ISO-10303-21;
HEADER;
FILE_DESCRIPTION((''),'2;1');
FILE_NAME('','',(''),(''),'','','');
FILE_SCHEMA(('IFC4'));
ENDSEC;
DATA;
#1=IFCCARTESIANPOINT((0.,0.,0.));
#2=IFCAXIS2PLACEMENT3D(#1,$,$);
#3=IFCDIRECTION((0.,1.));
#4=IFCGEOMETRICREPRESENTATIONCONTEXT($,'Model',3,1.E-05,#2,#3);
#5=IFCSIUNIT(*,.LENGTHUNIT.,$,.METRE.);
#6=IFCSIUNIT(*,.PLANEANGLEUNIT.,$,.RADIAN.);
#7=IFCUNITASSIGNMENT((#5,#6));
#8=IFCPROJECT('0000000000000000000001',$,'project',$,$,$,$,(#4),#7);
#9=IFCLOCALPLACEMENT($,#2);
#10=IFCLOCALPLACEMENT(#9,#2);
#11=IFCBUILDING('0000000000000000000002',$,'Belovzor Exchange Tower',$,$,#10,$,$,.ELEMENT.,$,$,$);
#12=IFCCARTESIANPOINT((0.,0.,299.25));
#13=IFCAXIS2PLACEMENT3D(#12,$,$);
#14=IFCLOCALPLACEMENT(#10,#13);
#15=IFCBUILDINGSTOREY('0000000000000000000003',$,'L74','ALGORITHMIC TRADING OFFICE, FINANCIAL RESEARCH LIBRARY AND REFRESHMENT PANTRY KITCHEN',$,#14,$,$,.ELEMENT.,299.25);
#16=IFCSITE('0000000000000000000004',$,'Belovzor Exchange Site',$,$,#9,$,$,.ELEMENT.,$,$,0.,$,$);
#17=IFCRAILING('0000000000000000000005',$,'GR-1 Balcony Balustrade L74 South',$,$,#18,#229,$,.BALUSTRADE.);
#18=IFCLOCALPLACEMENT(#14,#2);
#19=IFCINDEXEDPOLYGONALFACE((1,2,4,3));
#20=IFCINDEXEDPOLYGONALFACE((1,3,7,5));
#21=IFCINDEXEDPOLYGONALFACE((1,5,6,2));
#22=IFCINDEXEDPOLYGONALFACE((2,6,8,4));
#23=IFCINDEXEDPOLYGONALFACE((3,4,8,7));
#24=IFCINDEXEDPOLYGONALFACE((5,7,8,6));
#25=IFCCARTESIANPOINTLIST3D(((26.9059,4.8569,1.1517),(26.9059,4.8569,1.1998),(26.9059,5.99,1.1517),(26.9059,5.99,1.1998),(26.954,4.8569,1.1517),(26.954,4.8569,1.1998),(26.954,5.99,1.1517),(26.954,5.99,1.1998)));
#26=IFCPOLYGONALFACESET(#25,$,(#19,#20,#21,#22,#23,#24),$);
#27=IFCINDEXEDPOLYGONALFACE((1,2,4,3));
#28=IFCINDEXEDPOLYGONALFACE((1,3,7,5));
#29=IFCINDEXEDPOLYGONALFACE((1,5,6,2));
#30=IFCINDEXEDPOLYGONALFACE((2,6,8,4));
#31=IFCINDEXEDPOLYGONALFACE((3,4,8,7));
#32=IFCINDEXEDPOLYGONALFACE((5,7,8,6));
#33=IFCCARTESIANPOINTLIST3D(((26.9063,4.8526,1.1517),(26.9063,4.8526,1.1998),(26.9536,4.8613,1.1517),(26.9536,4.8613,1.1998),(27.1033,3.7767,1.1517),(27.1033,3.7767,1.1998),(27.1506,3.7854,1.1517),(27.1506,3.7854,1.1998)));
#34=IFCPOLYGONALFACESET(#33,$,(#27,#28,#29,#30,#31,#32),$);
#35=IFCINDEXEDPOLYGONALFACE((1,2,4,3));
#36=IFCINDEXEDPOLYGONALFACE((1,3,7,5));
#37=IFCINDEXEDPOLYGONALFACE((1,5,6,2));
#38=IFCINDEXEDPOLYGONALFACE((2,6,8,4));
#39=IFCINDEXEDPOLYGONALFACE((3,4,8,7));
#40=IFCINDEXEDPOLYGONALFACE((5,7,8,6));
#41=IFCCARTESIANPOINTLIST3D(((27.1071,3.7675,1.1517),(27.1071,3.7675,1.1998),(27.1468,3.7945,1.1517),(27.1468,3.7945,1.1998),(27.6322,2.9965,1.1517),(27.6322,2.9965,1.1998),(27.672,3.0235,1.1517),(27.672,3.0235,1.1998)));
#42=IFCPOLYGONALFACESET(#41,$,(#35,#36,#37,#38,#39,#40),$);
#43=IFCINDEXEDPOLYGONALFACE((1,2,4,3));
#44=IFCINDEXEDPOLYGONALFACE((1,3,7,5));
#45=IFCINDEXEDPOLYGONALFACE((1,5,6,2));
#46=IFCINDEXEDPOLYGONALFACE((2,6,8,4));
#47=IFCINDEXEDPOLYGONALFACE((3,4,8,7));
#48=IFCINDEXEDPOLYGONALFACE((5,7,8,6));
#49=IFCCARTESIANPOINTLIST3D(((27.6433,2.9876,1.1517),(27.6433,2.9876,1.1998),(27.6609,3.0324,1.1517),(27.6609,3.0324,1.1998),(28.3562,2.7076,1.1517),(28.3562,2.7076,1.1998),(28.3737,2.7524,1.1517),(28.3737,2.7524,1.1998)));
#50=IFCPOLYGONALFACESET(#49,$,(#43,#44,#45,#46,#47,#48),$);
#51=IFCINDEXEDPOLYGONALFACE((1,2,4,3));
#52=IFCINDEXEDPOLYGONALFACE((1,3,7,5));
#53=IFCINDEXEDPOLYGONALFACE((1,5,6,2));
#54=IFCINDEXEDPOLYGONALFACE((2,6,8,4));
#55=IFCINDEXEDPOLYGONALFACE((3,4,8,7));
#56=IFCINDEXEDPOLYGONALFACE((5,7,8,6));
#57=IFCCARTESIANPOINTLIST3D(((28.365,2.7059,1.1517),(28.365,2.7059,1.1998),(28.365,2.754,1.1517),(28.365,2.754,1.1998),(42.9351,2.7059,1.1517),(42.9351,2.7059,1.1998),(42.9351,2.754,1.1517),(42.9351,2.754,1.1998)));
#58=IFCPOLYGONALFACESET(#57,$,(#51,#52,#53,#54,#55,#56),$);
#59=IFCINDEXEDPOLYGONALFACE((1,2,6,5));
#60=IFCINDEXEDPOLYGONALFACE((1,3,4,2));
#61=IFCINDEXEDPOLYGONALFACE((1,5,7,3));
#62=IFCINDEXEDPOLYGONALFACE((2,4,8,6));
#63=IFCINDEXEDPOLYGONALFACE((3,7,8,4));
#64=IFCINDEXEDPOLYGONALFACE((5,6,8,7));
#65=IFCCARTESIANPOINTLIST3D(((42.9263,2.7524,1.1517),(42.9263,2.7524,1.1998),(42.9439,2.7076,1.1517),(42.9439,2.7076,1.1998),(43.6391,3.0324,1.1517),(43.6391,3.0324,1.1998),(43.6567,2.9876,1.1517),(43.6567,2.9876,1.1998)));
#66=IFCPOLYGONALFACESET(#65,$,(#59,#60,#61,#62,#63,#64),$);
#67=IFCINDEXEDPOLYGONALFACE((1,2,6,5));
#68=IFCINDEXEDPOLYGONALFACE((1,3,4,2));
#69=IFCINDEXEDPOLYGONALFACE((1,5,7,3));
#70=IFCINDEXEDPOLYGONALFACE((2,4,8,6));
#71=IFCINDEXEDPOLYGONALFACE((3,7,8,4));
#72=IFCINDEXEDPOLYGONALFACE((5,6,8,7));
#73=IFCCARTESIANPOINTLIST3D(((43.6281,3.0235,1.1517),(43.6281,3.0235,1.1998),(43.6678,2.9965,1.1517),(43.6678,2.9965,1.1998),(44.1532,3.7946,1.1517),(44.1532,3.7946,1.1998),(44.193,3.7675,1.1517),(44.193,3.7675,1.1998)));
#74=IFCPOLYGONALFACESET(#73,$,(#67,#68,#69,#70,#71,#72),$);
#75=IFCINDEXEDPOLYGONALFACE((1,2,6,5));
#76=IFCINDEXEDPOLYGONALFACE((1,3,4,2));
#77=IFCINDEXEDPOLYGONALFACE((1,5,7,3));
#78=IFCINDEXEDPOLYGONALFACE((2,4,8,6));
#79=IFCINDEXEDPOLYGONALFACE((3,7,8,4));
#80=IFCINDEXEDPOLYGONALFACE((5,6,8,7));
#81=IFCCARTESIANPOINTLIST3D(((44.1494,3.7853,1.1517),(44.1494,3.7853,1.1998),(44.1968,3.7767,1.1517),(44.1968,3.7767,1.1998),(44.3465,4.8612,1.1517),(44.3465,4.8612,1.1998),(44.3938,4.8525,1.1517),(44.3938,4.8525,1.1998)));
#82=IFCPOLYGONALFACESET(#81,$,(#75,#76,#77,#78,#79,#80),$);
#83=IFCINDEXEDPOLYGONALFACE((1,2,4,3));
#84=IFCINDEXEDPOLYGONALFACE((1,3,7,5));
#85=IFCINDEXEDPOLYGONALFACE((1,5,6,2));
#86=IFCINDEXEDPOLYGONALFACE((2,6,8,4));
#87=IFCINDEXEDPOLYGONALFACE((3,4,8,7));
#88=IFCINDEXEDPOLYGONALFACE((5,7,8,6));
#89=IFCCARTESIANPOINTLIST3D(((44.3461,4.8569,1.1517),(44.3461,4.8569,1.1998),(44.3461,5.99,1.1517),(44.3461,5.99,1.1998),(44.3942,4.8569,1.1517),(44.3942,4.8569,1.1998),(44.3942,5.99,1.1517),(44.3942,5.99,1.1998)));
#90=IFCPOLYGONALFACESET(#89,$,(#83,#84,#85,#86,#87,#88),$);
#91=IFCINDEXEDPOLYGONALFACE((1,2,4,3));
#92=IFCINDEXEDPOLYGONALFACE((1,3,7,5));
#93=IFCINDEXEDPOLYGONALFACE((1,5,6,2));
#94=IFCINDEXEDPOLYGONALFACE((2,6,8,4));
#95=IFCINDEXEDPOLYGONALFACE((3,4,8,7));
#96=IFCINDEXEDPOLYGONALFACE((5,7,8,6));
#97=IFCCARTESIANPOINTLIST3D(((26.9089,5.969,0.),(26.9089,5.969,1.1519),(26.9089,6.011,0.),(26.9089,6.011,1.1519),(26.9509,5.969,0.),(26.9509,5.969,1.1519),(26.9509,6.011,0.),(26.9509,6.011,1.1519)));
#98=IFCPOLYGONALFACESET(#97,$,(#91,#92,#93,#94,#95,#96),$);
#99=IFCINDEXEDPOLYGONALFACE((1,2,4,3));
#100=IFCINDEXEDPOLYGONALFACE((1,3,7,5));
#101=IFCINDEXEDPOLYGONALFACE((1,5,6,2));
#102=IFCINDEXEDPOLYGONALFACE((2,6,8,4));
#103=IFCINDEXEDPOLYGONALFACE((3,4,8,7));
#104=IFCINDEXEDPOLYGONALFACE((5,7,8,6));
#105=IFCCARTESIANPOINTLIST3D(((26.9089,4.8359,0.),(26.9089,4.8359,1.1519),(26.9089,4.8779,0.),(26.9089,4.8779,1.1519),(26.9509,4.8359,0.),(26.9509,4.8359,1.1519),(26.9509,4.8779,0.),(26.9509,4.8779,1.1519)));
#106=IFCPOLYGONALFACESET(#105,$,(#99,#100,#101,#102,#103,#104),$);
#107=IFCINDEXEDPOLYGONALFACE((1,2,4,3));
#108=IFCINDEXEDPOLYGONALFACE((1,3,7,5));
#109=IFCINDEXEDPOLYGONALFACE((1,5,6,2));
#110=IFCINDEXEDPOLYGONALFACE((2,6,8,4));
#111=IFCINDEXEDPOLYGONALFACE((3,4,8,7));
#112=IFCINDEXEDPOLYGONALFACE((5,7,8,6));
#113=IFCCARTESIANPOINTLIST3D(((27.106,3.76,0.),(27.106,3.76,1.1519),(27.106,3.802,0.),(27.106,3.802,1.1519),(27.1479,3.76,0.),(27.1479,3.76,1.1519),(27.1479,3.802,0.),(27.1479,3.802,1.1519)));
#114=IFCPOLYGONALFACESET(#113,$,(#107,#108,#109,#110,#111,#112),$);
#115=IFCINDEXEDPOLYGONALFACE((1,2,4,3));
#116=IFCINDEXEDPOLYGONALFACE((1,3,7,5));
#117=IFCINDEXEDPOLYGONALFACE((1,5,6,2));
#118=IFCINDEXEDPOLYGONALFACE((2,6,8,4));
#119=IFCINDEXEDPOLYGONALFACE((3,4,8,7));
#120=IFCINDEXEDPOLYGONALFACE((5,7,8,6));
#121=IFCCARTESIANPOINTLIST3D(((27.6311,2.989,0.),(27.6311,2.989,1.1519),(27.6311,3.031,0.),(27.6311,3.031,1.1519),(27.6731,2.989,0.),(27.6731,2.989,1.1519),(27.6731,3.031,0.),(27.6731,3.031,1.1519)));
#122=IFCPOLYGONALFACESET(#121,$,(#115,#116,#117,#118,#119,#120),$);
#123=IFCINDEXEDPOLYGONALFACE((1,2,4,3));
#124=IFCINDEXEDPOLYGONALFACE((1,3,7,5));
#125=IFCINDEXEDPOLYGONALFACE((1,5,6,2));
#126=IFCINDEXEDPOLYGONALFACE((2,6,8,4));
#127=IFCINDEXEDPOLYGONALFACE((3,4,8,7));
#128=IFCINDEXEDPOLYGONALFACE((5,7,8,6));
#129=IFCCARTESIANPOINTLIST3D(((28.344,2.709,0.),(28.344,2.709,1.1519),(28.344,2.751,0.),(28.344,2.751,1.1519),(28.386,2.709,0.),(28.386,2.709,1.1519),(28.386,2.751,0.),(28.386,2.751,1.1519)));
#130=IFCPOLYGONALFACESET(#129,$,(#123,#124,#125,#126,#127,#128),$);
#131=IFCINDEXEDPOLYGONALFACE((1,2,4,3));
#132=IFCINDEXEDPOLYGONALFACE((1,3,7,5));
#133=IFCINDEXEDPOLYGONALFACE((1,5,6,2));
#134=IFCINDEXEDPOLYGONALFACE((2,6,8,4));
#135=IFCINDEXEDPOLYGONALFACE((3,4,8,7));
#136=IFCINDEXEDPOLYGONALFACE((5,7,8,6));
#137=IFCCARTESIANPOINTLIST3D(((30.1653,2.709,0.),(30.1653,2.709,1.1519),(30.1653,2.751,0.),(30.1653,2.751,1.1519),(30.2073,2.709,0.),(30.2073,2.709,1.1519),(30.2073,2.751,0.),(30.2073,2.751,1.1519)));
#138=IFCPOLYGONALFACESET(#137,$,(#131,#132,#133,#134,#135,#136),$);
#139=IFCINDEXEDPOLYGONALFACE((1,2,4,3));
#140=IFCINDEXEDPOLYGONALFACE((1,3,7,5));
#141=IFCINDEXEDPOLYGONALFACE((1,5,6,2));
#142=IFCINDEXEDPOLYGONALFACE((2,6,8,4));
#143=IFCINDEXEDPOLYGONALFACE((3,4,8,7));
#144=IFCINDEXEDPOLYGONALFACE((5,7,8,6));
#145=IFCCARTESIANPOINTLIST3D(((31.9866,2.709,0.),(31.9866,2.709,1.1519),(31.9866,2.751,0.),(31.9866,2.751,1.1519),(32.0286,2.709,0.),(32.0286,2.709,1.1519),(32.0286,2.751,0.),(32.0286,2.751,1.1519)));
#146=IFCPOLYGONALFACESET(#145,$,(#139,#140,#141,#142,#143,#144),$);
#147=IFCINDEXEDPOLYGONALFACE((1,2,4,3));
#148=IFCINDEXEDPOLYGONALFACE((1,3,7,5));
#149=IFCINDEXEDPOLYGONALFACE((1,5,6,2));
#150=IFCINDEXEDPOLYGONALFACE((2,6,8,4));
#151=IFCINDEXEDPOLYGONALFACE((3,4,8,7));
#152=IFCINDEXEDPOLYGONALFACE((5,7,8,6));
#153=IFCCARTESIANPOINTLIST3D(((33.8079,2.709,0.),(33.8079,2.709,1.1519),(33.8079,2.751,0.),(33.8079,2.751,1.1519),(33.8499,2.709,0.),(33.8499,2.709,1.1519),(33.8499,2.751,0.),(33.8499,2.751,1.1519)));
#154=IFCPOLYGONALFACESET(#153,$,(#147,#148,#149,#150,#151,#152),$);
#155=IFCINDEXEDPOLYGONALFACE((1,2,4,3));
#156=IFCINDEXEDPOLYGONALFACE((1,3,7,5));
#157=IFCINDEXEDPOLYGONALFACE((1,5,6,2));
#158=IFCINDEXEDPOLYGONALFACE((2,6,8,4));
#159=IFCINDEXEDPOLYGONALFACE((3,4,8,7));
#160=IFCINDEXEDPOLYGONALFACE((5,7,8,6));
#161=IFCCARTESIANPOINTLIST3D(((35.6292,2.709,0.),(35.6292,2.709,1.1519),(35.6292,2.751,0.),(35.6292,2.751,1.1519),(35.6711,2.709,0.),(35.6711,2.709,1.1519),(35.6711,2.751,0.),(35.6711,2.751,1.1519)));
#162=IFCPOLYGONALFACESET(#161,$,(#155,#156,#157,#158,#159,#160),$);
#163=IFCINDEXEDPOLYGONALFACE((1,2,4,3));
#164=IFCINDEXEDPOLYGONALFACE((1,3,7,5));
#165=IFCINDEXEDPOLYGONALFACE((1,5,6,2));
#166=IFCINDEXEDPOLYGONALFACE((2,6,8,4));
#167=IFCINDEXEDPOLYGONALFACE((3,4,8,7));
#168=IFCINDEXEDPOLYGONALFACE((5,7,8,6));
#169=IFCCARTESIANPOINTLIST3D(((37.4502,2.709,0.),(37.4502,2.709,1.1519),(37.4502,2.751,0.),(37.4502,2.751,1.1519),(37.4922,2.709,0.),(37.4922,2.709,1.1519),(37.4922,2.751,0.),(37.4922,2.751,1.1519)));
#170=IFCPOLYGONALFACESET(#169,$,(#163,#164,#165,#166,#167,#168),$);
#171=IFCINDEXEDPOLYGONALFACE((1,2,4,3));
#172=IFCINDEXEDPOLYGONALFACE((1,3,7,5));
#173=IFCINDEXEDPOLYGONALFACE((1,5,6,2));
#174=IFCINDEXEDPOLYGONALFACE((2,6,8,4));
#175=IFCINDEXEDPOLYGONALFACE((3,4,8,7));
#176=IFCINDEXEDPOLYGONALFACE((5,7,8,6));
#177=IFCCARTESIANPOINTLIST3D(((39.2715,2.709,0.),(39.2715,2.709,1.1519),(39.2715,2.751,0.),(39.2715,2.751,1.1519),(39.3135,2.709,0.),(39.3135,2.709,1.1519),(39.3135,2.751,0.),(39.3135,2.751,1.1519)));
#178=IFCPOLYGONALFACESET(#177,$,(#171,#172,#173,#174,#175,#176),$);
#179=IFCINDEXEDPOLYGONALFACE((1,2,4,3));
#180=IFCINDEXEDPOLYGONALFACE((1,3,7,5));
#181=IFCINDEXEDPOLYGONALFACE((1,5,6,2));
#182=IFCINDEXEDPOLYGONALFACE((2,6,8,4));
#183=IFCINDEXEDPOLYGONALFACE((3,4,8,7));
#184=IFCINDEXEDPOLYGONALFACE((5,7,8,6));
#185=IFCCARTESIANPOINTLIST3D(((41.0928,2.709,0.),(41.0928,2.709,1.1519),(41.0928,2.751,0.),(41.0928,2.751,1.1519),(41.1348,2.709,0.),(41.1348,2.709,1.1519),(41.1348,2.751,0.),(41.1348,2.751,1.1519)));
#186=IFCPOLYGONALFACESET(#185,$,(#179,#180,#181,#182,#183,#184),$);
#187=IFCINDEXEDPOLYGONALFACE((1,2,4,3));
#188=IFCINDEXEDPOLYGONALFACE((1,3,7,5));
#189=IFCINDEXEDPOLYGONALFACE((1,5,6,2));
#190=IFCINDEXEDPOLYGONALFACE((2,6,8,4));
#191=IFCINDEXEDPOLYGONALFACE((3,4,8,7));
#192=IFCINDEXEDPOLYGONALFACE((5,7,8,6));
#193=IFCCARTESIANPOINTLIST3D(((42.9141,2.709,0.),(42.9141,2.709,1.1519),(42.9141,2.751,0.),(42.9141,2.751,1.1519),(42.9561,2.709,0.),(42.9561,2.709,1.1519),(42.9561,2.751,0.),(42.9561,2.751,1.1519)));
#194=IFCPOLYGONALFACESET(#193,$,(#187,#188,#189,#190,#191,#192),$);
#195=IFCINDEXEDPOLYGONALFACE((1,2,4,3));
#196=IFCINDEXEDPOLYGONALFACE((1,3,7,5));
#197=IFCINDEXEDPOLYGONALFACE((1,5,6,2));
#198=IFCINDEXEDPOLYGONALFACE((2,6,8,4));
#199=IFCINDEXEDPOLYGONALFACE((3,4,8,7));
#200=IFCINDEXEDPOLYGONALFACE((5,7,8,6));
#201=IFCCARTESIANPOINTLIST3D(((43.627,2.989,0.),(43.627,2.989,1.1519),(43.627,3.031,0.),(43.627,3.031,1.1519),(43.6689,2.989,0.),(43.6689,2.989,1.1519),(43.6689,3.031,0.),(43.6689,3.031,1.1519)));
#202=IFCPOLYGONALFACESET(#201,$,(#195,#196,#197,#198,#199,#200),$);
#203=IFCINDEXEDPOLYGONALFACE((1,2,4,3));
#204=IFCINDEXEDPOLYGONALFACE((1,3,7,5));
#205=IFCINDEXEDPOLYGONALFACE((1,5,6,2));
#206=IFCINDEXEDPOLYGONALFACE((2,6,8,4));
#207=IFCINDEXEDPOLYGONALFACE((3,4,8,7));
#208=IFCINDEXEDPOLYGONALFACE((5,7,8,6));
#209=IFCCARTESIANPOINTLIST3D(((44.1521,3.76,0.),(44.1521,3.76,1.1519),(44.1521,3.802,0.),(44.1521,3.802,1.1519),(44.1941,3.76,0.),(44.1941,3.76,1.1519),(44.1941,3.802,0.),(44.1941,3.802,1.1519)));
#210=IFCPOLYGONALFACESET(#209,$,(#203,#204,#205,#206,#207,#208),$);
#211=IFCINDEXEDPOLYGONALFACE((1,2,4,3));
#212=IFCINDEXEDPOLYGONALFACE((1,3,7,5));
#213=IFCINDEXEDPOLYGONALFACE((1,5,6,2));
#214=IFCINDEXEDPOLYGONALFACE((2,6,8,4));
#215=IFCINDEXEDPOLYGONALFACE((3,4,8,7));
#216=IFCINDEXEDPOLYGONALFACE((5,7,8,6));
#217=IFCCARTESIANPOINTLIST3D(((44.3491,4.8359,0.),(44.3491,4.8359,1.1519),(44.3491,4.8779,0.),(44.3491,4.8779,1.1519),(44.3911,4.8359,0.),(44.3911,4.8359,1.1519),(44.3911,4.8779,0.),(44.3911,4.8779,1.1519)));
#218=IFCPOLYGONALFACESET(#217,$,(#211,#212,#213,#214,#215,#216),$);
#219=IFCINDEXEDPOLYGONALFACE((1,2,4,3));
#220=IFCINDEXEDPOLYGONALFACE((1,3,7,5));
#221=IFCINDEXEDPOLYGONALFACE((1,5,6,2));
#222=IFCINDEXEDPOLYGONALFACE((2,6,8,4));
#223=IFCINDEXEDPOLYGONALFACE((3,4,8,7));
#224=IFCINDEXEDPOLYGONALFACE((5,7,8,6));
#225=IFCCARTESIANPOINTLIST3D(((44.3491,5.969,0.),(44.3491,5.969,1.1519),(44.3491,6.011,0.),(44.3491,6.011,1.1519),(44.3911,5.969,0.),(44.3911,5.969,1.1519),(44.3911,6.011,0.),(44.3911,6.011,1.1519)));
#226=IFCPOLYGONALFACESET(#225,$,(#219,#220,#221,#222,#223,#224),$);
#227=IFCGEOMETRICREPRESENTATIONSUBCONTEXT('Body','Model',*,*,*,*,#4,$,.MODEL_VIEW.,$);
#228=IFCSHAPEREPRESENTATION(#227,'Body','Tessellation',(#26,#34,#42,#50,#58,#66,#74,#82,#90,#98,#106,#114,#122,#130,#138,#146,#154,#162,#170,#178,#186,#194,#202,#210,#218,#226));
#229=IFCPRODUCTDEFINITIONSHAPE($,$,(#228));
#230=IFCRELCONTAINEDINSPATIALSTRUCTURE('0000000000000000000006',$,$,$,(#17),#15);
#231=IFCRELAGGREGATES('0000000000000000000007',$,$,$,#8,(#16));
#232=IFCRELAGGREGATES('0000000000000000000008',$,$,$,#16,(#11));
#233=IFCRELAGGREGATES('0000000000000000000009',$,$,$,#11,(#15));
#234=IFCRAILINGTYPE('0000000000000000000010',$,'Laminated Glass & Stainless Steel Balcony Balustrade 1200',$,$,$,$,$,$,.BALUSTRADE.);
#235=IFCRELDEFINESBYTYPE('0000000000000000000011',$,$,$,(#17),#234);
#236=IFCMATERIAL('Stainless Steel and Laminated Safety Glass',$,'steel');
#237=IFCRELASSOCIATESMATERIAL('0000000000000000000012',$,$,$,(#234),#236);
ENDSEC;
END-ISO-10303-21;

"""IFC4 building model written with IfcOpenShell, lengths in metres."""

from ifc_helpers import new_model, si_unit, direction, frame, origin, origin_2d, place, context, subcontext, project, spatial, rectangle, extrude, material, type_object, element, save


model = new_model("IFC4")

# Units and contexts
model_context = context("Model", 3, precision=1e-05, world=origin(), true_north=direction((0.0, 1.0)))
body_context = subcontext(model_context, "Body", "Model", "MODEL_VIEW")
ifc_project = project(units=[si_unit("LENGTHUNIT", "METRE"), si_unit("PLANEANGLEUNIT", "RADIAN")], contexts=[model_context])

# Site, building, storey
site_placement = place(None, origin())
site = spatial("IfcSite", under=ifc_project, at=site_placement, Name="Belovzor Exchange Site", CompositionType="ELEMENT", RefElevation=0.0)
building_placement = place(site_placement, origin())
building = spatial("IfcBuilding", under=site, at=building_placement, Name="Belovzor Exchange Tower", CompositionType="ELEMENT")
storey_placement = place(building_placement, frame((0.0, 0.0, 299.25)))
storey = spatial("IfcBuildingStorey", under=building, at=storey_placement, Name="L74", Description="ALGORITHMIC TRADING OFFICE, FINANCIAL RESEARCH LIBRARY AND REFRESHMENT PANTRY KITCHEN", CompositionType="ELEMENT", Elevation=299.25)

# Railing
ifc_material_1 = material(Name="Stainless Steel and Laminated Safety Glass", Category="steel")
railing_type = type_object("IfcRailingType", Name="Laminated Glass & Stainless Steel Balcony Balustrade 1200", PredefinedType="BALUSTRADE", material=ifc_material_1)
railing_placement = place(storey_placement, frame((26.9299, 5.99, 0.0)))
element("IfcRailing", 1, at=railing_placement, inside=storey, type_object=railing_type, Name="GR-1 Balcony Balustrade L74 South", PredefinedType="BALUSTRADE", context=body_context, shape_type="SweptSolid", body=[
    extrude(rectangle(XDim=0.0481, YDim=0.0481, at=origin_2d()), frame((0.0, 0.0, 1.1758), z_axis=(0.0, -1.0, 0.0), x_axis=(1.0, 0.0, 0.0)), (0.0, 0.0, 1.0), 1.1331),
    extrude(rectangle(XDim=0.0481, YDim=0.0481, at=origin_2d()), frame((0.0, -1.1331, 1.1758), z_axis=(0.180123, -0.983644, 0.0), x_axis=(0.983644, 0.180123, 0.0)), (0.0, 0.0, 1.0), 1.0938),
    extrude(rectangle(XDim=0.0481, YDim=0.0481, at=origin_2d()), frame((0.197, -2.209, 1.1758), z_axis=(0.562947, -0.826493, 0.0), x_axis=(0.826493, 0.562947, 0.0)), (0.0, 0.0, 1.0), 0.9329),
    extrude(rectangle(XDim=0.0481, YDim=0.0481, at=origin_2d()), frame((0.7222, -2.98, 1.1758), z_axis=(0.930767, -0.365613, 0.0), x_axis=(0.365613, 0.930767, 0.0)), (0.0, 0.0, 1.0), 0.7659),
    extrude(rectangle(XDim=0.0481, YDim=0.0481, at=origin_2d()), frame((1.4351, -3.26, 1.1758), z_axis=(1.0, 0.0, 0.0), x_axis=(0.0, 1.0, 0.0)), (0.0, 0.0, 1.0), 14.5701),
    extrude(rectangle(XDim=0.0481, YDim=0.0481, at=origin_2d()), frame((16.0051, -3.26, 1.1758), z_axis=(0.930767, 0.365613, 0.0), x_axis=(-0.365613, 0.930767, 0.0)), (0.0, 0.0, 1.0), 0.7659),
    extrude(rectangle(XDim=0.0481, YDim=0.0481, at=origin_2d()), frame((16.718, -2.98, 1.1758), z_axis=(0.562947, 0.826493, 0.0), x_axis=(-0.826493, 0.562947, 0.0)), (0.0, 0.0, 1.0), 0.9329),
    extrude(rectangle(XDim=0.0481, YDim=0.0481, at=origin_2d()), frame((17.2432, -2.209, 1.1758), z_axis=(0.180123, 0.983644, 0.0), x_axis=(-0.983644, 0.180123, 0.0)), (0.0, 0.0, 1.0), 1.0938),
    extrude(rectangle(XDim=0.0481, YDim=0.0481, at=origin_2d()), frame((17.4402, -1.1331, 1.1758), z_axis=(0.0, 1.0, 0.0), x_axis=(-1.0, 0.0, 0.0)), (0.0, 0.0, 1.0), 1.1331),
    extrude(rectangle(XDim=0.042, YDim=0.042, at=origin_2d()), origin(), (0.0, 0.0, 1.0), 1.1519),
    extrude(rectangle(XDim=0.042, YDim=0.042, at=origin_2d()), frame((0.0, -1.1331, 0.0)), (0.0, 0.0, 1.0), 1.1519),
    extrude(rectangle(XDim=0.042, YDim=0.042, at=origin_2d()), frame((0.197, -2.209, 0.0)), (0.0, 0.0, 1.0), 1.1519),
    extrude(rectangle(XDim=0.042, YDim=0.042, at=origin_2d()), frame((0.7222, -2.98, 0.0)), (0.0, 0.0, 1.0), 1.1519),
    extrude(rectangle(XDim=0.042, YDim=0.042, at=origin_2d()), frame((1.4351, -3.26, 0.0)), (0.0, 0.0, 1.0), 1.1519),
    extrude(rectangle(XDim=0.042, YDim=0.042, at=origin_2d()), frame((3.2563, -3.26, 0.0)), (0.0, 0.0, 1.0), 1.1519),
    extrude(rectangle(XDim=0.042, YDim=0.042, at=origin_2d()), frame((5.0776, -3.26, 0.0)), (0.0, 0.0, 1.0), 1.1519),
    extrude(rectangle(XDim=0.042, YDim=0.042, at=origin_2d()), frame((6.8989, -3.26, 0.0)), (0.0, 0.0, 1.0), 1.1519),
    extrude(rectangle(XDim=0.042, YDim=0.042, at=origin_2d()), frame((8.7202, -3.26, 0.0)), (0.0, 0.0, 1.0), 1.1519),
    extrude(rectangle(XDim=0.042, YDim=0.042, at=origin_2d()), frame((10.5413, -3.26, 0.0)), (0.0, 0.0, 1.0), 1.1519),
    extrude(rectangle(XDim=0.042, YDim=0.042, at=origin_2d()), frame((12.3625, -3.26, 0.0)), (0.0, 0.0, 1.0), 1.1519),
    extrude(rectangle(XDim=0.042, YDim=0.042, at=origin_2d()), frame((14.1838, -3.26, 0.0)), (0.0, 0.0, 1.0), 1.1519),
    extrude(rectangle(XDim=0.042, YDim=0.042, at=origin_2d()), frame((16.0051, -3.26, 0.0)), (0.0, 0.0, 1.0), 1.1519),
    extrude(rectangle(XDim=0.042, YDim=0.042, at=origin_2d()), frame((16.718, -2.98, 0.0)), (0.0, 0.0, 1.0), 1.1519),
    extrude(rectangle(XDim=0.042, YDim=0.042, at=origin_2d()), frame((17.2432, -2.209, 0.0)), (0.0, 0.0, 1.0), 1.1519),
    extrude(rectangle(XDim=0.042, YDim=0.042, at=origin_2d()), frame((17.4402, -1.1331, 0.0)), (0.0, 0.0, 1.0), 1.1519),
    extrude(rectangle(XDim=0.042, YDim=0.042, at=origin_2d()), frame((17.4402, 0.0, 0.0)), (0.0, 0.0, 1.0), 1.1519),
])

save(model, "model.ifc")
